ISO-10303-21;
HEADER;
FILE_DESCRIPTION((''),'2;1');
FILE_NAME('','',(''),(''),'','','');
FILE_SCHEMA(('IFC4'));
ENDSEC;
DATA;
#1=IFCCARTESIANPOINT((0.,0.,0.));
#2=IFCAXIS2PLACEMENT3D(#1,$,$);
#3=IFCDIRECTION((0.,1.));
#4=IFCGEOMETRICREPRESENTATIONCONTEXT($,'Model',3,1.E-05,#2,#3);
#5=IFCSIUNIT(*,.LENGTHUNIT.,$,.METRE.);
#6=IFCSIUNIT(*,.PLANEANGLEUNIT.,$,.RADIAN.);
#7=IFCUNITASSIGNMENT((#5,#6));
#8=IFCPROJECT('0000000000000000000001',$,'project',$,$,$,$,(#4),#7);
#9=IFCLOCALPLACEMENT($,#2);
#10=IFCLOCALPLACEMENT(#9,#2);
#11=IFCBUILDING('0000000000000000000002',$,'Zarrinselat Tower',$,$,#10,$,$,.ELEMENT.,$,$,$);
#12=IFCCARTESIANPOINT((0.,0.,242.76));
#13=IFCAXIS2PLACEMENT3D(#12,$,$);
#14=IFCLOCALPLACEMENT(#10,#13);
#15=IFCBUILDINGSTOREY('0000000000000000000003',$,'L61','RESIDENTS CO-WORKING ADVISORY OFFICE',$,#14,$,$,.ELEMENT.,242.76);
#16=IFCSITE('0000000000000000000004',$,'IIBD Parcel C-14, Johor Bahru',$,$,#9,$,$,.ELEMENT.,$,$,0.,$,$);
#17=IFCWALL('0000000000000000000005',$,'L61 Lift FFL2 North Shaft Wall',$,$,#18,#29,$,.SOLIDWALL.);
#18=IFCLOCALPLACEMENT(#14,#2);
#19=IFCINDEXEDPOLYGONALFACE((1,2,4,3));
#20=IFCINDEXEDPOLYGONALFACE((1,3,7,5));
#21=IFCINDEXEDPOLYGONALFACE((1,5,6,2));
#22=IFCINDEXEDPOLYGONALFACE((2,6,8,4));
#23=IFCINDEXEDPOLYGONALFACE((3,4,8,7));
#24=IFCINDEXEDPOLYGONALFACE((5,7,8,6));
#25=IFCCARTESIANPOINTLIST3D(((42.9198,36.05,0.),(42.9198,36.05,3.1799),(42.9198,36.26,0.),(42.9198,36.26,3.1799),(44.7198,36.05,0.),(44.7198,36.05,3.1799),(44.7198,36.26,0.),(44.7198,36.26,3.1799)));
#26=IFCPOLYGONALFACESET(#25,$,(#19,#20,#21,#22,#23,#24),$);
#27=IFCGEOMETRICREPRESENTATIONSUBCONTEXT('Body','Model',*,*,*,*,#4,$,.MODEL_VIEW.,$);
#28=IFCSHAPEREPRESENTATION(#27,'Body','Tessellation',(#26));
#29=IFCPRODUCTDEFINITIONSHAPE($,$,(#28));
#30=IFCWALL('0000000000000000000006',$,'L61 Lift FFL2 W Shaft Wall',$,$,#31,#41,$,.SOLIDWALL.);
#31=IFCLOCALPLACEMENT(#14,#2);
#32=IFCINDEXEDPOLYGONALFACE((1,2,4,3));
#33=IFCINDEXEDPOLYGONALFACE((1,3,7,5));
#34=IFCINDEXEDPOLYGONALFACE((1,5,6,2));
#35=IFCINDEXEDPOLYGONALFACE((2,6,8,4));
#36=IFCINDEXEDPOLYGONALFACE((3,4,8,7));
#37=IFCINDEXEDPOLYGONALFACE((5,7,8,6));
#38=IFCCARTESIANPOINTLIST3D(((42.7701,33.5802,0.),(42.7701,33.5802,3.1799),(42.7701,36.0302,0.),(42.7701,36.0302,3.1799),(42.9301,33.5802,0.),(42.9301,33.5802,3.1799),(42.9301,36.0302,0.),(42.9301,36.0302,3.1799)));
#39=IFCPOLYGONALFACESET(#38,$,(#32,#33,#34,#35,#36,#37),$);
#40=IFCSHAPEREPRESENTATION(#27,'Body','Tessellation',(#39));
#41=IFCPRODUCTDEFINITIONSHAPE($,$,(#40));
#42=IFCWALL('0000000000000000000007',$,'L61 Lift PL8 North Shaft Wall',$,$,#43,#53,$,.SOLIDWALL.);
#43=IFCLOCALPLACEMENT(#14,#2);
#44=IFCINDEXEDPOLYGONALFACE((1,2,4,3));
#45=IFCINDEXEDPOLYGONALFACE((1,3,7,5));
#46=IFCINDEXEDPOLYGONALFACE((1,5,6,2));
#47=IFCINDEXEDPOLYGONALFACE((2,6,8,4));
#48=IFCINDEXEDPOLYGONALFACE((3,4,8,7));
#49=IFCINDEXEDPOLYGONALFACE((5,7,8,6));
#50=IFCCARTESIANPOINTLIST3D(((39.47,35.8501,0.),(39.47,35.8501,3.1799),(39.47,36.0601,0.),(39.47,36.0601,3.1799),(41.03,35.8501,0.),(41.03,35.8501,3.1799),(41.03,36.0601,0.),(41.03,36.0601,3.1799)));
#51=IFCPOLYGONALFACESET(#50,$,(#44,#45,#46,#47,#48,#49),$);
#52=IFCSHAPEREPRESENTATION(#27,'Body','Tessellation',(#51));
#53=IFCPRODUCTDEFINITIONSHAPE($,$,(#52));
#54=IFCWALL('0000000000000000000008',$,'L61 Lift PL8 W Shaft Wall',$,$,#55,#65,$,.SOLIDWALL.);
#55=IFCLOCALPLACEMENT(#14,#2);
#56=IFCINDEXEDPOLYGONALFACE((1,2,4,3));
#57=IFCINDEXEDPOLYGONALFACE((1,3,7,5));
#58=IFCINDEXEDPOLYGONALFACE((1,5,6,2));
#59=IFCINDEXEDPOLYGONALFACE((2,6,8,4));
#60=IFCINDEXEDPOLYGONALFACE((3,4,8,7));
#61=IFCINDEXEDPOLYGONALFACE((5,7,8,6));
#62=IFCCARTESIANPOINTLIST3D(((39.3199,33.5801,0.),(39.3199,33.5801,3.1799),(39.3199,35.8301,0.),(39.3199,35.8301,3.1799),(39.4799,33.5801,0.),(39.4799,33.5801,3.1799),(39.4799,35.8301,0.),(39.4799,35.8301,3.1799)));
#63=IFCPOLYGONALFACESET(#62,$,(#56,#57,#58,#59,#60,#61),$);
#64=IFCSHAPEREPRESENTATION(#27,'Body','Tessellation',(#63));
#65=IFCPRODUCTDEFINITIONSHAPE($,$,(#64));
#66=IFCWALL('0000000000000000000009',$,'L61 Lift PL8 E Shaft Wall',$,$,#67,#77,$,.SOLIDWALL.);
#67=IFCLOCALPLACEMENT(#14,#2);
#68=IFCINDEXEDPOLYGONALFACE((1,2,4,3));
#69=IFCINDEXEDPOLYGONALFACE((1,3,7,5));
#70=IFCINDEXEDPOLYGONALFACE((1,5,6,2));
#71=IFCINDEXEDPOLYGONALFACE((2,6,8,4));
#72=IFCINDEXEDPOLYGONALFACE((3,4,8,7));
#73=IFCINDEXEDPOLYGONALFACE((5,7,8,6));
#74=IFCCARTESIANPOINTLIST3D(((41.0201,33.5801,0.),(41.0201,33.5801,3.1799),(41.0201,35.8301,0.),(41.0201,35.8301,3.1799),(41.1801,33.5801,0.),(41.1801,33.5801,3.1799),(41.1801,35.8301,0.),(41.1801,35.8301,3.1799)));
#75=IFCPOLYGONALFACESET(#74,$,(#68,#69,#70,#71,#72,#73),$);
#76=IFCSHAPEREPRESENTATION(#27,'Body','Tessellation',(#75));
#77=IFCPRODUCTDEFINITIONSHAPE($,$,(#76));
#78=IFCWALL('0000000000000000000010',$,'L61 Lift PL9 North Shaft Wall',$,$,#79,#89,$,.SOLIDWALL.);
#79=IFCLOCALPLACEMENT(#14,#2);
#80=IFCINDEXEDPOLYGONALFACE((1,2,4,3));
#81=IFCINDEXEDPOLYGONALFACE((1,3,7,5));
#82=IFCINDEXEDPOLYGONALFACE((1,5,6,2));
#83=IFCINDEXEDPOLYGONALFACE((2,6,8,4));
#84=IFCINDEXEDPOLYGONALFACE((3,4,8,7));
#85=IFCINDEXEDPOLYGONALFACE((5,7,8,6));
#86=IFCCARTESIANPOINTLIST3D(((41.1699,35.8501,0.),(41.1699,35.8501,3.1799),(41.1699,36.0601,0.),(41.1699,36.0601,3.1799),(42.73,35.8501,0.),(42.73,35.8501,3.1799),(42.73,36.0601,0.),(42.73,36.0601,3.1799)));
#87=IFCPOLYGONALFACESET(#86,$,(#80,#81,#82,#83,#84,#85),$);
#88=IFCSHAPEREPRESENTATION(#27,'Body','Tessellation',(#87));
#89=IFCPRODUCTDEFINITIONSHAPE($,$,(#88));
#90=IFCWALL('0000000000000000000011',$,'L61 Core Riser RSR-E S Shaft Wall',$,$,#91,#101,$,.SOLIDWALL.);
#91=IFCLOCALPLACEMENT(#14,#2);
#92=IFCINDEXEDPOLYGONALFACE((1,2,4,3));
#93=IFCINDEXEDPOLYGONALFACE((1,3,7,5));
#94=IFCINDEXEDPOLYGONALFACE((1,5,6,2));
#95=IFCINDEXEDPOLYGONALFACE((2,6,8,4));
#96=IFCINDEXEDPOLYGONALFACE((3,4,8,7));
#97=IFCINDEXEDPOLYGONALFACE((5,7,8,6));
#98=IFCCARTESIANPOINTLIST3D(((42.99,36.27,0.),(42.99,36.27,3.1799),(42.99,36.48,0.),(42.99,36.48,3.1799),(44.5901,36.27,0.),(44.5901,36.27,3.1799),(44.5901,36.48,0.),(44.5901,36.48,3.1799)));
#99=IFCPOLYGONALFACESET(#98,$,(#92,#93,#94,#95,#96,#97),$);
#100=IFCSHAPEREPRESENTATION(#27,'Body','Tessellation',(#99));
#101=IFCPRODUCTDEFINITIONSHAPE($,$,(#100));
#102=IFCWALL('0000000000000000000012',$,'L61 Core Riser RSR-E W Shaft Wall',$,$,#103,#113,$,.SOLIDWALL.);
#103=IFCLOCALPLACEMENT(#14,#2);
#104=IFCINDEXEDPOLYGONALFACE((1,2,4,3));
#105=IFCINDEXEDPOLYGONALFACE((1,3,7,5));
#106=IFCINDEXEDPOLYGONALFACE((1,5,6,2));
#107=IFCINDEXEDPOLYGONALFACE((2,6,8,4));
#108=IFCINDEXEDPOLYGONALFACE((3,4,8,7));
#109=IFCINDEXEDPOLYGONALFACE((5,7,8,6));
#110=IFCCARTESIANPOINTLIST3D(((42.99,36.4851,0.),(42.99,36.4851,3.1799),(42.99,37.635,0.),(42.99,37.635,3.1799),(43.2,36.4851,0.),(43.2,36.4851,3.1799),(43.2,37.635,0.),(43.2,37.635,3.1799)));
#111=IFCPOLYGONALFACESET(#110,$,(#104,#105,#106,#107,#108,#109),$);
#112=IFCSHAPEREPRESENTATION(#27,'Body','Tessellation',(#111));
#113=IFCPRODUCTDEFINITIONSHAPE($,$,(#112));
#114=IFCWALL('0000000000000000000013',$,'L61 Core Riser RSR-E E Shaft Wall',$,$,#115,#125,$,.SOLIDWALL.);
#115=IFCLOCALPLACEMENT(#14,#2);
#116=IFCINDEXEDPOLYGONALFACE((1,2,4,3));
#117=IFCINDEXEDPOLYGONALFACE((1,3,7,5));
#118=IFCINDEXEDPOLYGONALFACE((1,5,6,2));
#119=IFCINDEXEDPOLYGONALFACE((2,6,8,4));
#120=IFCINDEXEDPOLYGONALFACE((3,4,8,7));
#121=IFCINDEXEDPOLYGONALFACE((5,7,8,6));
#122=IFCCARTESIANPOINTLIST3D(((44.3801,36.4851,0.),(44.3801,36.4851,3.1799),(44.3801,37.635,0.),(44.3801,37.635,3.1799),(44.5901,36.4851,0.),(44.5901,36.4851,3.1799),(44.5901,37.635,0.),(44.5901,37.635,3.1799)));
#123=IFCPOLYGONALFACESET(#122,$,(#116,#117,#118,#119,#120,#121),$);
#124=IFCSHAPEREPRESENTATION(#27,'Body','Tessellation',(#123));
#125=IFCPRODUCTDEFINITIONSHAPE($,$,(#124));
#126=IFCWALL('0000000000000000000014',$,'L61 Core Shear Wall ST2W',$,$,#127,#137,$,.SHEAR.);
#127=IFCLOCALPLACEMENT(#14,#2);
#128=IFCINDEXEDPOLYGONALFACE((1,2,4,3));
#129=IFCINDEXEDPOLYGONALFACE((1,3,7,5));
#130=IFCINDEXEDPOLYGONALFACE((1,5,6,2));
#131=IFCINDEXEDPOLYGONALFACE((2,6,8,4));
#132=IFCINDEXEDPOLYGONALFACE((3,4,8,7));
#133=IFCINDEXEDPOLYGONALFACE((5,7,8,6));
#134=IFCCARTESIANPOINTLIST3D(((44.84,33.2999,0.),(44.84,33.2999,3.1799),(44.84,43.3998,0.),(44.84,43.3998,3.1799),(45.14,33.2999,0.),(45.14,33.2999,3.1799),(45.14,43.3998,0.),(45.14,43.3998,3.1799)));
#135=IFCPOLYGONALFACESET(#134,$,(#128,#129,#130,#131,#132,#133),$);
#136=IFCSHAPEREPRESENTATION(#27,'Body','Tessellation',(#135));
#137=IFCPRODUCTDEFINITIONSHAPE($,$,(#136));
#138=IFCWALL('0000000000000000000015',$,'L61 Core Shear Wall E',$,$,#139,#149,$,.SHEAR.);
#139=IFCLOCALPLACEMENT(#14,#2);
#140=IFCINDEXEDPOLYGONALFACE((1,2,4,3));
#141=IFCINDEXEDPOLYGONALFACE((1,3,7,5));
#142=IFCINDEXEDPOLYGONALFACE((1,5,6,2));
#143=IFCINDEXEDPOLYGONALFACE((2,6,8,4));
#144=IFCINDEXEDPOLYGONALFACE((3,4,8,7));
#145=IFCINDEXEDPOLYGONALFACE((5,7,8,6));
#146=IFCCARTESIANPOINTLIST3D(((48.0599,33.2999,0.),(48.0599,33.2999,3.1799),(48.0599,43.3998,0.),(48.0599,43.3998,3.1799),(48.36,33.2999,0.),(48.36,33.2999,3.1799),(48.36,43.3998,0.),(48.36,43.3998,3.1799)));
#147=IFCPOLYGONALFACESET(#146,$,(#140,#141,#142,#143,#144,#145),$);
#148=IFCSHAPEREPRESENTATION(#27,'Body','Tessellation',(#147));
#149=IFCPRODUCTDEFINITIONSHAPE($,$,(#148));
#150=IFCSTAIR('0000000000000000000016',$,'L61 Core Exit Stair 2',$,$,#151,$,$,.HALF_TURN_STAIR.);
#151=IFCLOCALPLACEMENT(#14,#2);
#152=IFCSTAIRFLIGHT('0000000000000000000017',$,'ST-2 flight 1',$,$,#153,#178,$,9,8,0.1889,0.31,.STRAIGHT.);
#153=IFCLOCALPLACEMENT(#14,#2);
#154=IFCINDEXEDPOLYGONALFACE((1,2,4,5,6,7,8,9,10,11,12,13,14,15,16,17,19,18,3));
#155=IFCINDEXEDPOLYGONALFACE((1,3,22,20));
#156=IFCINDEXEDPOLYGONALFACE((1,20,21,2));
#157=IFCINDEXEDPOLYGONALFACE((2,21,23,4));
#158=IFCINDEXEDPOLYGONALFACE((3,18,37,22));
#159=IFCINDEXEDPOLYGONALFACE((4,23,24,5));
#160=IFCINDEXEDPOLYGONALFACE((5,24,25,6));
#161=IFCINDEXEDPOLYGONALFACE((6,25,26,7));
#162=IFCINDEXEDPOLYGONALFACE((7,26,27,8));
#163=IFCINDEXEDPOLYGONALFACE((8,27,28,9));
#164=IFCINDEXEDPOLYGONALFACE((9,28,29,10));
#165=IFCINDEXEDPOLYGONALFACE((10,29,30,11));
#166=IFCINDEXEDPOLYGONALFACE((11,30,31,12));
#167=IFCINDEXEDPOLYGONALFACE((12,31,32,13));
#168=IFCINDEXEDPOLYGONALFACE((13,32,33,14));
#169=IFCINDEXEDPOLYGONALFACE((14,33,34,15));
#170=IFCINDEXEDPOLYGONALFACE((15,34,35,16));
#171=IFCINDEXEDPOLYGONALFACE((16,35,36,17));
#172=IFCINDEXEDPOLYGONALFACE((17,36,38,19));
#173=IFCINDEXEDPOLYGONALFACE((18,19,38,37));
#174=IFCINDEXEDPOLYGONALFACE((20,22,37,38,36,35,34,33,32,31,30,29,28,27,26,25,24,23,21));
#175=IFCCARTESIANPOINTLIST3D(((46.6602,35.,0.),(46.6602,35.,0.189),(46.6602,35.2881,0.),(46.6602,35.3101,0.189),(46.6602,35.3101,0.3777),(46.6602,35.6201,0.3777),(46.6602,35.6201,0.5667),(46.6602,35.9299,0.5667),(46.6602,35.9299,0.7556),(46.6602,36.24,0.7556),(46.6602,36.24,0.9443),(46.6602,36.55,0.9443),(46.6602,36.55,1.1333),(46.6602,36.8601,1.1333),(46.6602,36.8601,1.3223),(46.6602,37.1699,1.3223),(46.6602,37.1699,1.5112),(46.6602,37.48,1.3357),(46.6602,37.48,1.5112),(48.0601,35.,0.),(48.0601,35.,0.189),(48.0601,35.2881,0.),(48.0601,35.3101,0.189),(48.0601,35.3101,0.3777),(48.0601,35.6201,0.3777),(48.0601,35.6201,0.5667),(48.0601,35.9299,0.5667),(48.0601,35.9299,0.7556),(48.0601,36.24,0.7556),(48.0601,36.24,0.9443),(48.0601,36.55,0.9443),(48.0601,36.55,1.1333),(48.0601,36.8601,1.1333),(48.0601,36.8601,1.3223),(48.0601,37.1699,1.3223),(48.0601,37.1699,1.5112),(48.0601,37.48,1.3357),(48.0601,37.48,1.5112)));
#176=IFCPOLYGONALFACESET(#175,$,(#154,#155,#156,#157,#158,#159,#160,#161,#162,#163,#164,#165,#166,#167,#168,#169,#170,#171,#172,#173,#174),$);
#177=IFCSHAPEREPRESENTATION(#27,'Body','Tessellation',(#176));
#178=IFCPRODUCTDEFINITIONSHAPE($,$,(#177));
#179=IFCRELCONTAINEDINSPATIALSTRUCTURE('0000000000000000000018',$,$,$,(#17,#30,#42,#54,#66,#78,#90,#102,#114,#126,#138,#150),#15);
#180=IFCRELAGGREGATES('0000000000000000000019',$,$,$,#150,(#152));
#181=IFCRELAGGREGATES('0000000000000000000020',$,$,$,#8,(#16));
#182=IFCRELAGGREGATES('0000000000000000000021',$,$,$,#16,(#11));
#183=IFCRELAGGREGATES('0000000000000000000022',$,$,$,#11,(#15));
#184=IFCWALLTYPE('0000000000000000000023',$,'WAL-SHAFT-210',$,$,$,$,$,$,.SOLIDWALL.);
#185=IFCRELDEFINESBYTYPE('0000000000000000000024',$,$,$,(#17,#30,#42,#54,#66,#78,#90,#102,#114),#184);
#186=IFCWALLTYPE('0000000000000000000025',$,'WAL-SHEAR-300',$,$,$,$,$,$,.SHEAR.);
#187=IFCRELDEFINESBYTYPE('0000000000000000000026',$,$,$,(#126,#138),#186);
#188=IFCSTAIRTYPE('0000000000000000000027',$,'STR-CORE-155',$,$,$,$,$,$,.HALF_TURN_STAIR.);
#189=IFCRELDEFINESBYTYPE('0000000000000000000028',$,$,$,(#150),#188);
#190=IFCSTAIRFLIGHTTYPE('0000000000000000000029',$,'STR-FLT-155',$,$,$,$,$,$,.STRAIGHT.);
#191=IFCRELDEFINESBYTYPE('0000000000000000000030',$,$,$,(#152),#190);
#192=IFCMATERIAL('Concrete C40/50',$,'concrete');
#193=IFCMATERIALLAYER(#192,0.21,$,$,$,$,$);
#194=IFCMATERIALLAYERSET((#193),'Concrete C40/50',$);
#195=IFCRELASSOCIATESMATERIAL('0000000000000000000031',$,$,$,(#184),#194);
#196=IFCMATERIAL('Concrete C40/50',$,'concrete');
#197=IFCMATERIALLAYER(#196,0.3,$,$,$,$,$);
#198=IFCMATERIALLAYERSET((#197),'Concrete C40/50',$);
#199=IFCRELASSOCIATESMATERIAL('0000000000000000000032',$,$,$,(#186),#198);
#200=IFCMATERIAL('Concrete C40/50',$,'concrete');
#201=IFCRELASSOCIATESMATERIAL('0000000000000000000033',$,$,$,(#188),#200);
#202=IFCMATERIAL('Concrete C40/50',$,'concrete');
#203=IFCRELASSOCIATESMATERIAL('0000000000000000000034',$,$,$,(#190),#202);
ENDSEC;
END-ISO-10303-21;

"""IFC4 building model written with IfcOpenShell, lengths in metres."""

from ifc_helpers import new_model, si_unit, direction, frame, frame_2d, origin, place, context, subcontext, project, spatial, polyline, rectangle, outline, extrude, material, layer, layer_set, type_object, element, aggregate, save


model = new_model("IFC4")

# Units and contexts
model_context = context("Model", 3, precision=1e-05, world=origin(), true_north=direction((0.0, 1.0)))
body_context = subcontext(model_context, "Body", "Model", "MODEL_VIEW")
ifc_project = project(units=[si_unit("LENGTHUNIT", "METRE"), si_unit("PLANEANGLEUNIT", "RADIAN")], contexts=[model_context])

# Site, building, storey
site_placement = place(None, origin())
site = spatial("IfcSite", under=ifc_project, at=site_placement, Name="IIBD Parcel C-14, Johor Bahru", CompositionType="ELEMENT", RefElevation=0.0)
building_placement = place(site_placement, origin())
building = spatial("IfcBuilding", under=site, at=building_placement, Name="Zarrinselat Tower", CompositionType="ELEMENT")
storey_placement = place(building_placement, frame((0.0, 0.0, 242.76)))
storey = spatial("IfcBuildingStorey", under=building, at=storey_placement, Name="L61", Description="RESIDENTS CO-WORKING ADVISORY OFFICE", CompositionType="ELEMENT", Elevation=242.76)

# Walls
ifc_material_1 = material(Name="Concrete C40/50", Category="concrete")
ifc_layer_1 = layer(ifc_material_1, 0.21)
ifc_layer_set_1 = layer_set([ifc_layer_1], Name="Concrete C40/50")
wall_type_1 = type_object("IfcWallType", Name="WAL-SHAFT-210", PredefinedType="SOLIDWALL", material=ifc_layer_set_1)
wall_1_placement = place(storey_placement, frame((42.9199, 36.155, 0.0), z_axis=(0.0, 0.0, 1.0), x_axis=(1.0, 0.0, 0.0)))
element("IfcWall", 1, at=wall_1_placement, inside=storey, type_object=wall_type_1, Name="L61 Lift FFL2 North Shaft Wall", PredefinedType="SOLIDWALL", context=body_context, shape_type="SweptSolid", body=[
    extrude(rectangle(XDim=1.8, YDim=0.21, at=frame_2d((0.8999, 0.0))), origin(), (0.0, 0.0, 1.0), 3.1799),
])
wall_2_placement = place(storey_placement, frame((42.8501, 33.5801, 0.0), z_axis=(0.0, 0.0, 1.0), x_axis=(0.0, 1.0, 0.0)))
element("IfcWall", 2, at=wall_2_placement, inside=storey, type_object=wall_type_1, Name="L61 Lift FFL2 W Shaft Wall", PredefinedType="SOLIDWALL", context=body_context, shape_type="SweptSolid", body=[
    extrude(rectangle(XDim=2.45, YDim=0.1599, at=frame_2d((1.2251, 0.0))), origin(), (0.0, 0.0, 1.0), 3.1799),
])
wall_3_placement = place(storey_placement, frame((39.47, 35.9551, 0.0), z_axis=(0.0, 0.0, 1.0), x_axis=(1.0, 0.0, 0.0)))
element("IfcWall", 3, at=wall_3_placement, inside=storey, type_object=wall_type_1, Name="L61 Lift PL8 North Shaft Wall", PredefinedType="SOLIDWALL", context=body_context, shape_type="SweptSolid", body=[
    extrude(rectangle(XDim=1.5601, YDim=0.21, at=frame_2d((0.78, 0.0))), origin(), (0.0, 0.0, 1.0), 3.1799),
])
for number, where, z_axis, x_axis, name in (
    (4, (39.3999, 33.5801, 0.0), (0.0, 0.0, 1.0), (0.0, 1.0, 0.0), "L61 Lift PL8 W Shaft Wall"),
    (5, (41.1001, 33.5801, 0.0), (0.0, 0.0, 1.0), (0.0, 1.0, 0.0), "L61 Lift PL8 E Shaft Wall"),
):
    element("IfcWall", number, at=place(storey_placement, frame(where, z_axis=z_axis, x_axis=x_axis)), inside=storey, type_object=wall_type_1, Name=name, PredefinedType="SOLIDWALL", context=body_context, shape_type="SweptSolid", body=[
        extrude(rectangle(XDim=2.25, YDim=0.1599, at=frame_2d((1.125, 0.0))), origin(), (0.0, 0.0, 1.0), 3.1799),
    ])
wall_4_placement = place(storey_placement, frame((41.1699, 35.9551, 0.0), z_axis=(0.0, 0.0, 1.0), x_axis=(1.0, 0.0, 0.0)))
element("IfcWall", 6, at=wall_4_placement, inside=storey, type_object=wall_type_1, Name="L61 Lift PL9 North Shaft Wall", PredefinedType="SOLIDWALL", context=body_context, shape_type="SweptSolid", body=[
    extrude(rectangle(XDim=1.5601, YDim=0.21, at=frame_2d((0.78, 0.0))), origin(), (0.0, 0.0, 1.0), 3.1799),
])
wall_5_placement = place(storey_placement, frame((42.99, 36.375, 0.0), z_axis=(0.0, 0.0, 1.0), x_axis=(1.0, 0.0, 0.0)))
element("IfcWall", 7, at=wall_5_placement, inside=storey, type_object=wall_type_1, Name="L61 Core Riser RSR-E S Shaft Wall", PredefinedType="SOLIDWALL", context=body_context, shape_type="SweptSolid", body=[
    extrude(rectangle(XDim=1.6001, YDim=0.21, at=frame_2d((0.8, 0.0))), origin(), (0.0, 0.0, 1.0), 3.1799),
])
for number, where, z_axis, x_axis, name in (
    (8, (43.095, 36.4851, 0.0), (0.0, 0.0, 1.0), (0.0, 1.0, 0.0), "L61 Core Riser RSR-E W Shaft Wall"),
    (9, (44.4851, 36.4851, 0.0), (0.0, 0.0, 1.0), (0.0, 1.0, 0.0), "L61 Core Riser RSR-E E Shaft Wall"),
):
    element("IfcWall", number, at=place(storey_placement, frame(where, z_axis=z_axis, x_axis=x_axis)), inside=storey, type_object=wall_type_1, Name=name, PredefinedType="SOLIDWALL", context=body_context, shape_type="SweptSolid", body=[
        extrude(rectangle(XDim=1.1499, YDim=0.21, at=frame_2d((0.575, 0.0))), origin(), (0.0, 0.0, 1.0), 3.1799),
    ])
ifc_material_2 = material(Name="Concrete C40/50", Category="concrete")
ifc_layer_2 = layer(ifc_material_2, 0.3)
ifc_layer_set_2 = layer_set([ifc_layer_2], Name="Concrete C40/50")
wall_type_2 = type_object("IfcWallType", Name="WAL-SHEAR-300", PredefinedType="SHEAR", material=ifc_layer_set_2)
for number, where, z_axis, x_axis, name in (
    (10, (44.99, 33.3, 0.0), (0.0, 0.0, 1.0), (0.0, 1.0, 0.0), "L61 Core Shear Wall ST2W"),
    (11, (48.21, 33.3, 0.0), (0.0, 0.0, 1.0), (0.0, 1.0, 0.0), "L61 Core Shear Wall E"),
):
    element("IfcWall", number, at=place(storey_placement, frame(where, z_axis=z_axis, x_axis=x_axis)), inside=storey, type_object=wall_type_2, Name=name, PredefinedType="SHEAR", context=body_context, shape_type="SweptSolid", body=[
        extrude(rectangle(XDim=10.0999, YDim=0.3, at=frame_2d((5.0498, 0.0))), origin(), (0.0, 0.0, 1.0), 3.1799),
    ])

# Stair, stair flight
ifc_material_3 = material(Name="Concrete C40/50", Category="concrete")
stair_type = type_object("IfcStairType", Name="STR-CORE-155", PredefinedType="HALF_TURN_STAIR", material=ifc_material_3)
stair_placement = place(storey_placement, origin())
stair = element("IfcStair", 12, at=stair_placement, inside=storey, type_object=stair_type, Name="L61 Core Exit Stair 2", PredefinedType="HALF_TURN_STAIR")
ifc_material_4 = material(Name="Concrete C40/50", Category="concrete")
stair_flight_type = type_object("IfcStairFlightType", Name="STR-FLT-155", PredefinedType="STRAIGHT", material=ifc_material_4)
stair_flight_placement = place(storey_placement, frame((47.3601, 35.0, 0.0), z_axis=(0.0, 0.0, 1.0), x_axis=(0.0, 1.0, 0.0)))
stair_flight = element("IfcStairFlight", 13, at=stair_flight_placement, type_object=stair_flight_type, Name="ST-2 flight 1", NumberOfRisers=9, NumberOfTreads=8, PredefinedType="STRAIGHT", RiserHeight=0.1889, TreadLength=0.31, context=body_context, shape_type="SweptSolid", body=[
    extrude(outline(polyline([(0.0, 0.0), (0.0, 0.189), (0.3101, 0.189), (0.3101, 0.3777), (0.6201, 0.3777), (0.6201, 0.5667), (0.9299, 0.5667), (0.9299, 0.7556), (1.24, 0.7556), (1.24, 0.9443), (1.55, 0.9443), (1.55, 1.1333), (1.8601, 1.1333), (1.8601, 1.3223), (2.1699, 1.3223), (2.1699, 1.5112), (2.48, 1.5112), (2.48, 1.7), (2.48, 1.3357), (0.2881, 0.0), (0.0, 0.0)])), frame((0.0, 0.7, 0.0), z_axis=(0.0, -1.0, 0.0), x_axis=(1.0, 0.0, 0.0)), (0.0, 0.0, 1.0), 1.3999),
])
aggregate(stair, [stair_flight])

save(model, "model.ifc")
